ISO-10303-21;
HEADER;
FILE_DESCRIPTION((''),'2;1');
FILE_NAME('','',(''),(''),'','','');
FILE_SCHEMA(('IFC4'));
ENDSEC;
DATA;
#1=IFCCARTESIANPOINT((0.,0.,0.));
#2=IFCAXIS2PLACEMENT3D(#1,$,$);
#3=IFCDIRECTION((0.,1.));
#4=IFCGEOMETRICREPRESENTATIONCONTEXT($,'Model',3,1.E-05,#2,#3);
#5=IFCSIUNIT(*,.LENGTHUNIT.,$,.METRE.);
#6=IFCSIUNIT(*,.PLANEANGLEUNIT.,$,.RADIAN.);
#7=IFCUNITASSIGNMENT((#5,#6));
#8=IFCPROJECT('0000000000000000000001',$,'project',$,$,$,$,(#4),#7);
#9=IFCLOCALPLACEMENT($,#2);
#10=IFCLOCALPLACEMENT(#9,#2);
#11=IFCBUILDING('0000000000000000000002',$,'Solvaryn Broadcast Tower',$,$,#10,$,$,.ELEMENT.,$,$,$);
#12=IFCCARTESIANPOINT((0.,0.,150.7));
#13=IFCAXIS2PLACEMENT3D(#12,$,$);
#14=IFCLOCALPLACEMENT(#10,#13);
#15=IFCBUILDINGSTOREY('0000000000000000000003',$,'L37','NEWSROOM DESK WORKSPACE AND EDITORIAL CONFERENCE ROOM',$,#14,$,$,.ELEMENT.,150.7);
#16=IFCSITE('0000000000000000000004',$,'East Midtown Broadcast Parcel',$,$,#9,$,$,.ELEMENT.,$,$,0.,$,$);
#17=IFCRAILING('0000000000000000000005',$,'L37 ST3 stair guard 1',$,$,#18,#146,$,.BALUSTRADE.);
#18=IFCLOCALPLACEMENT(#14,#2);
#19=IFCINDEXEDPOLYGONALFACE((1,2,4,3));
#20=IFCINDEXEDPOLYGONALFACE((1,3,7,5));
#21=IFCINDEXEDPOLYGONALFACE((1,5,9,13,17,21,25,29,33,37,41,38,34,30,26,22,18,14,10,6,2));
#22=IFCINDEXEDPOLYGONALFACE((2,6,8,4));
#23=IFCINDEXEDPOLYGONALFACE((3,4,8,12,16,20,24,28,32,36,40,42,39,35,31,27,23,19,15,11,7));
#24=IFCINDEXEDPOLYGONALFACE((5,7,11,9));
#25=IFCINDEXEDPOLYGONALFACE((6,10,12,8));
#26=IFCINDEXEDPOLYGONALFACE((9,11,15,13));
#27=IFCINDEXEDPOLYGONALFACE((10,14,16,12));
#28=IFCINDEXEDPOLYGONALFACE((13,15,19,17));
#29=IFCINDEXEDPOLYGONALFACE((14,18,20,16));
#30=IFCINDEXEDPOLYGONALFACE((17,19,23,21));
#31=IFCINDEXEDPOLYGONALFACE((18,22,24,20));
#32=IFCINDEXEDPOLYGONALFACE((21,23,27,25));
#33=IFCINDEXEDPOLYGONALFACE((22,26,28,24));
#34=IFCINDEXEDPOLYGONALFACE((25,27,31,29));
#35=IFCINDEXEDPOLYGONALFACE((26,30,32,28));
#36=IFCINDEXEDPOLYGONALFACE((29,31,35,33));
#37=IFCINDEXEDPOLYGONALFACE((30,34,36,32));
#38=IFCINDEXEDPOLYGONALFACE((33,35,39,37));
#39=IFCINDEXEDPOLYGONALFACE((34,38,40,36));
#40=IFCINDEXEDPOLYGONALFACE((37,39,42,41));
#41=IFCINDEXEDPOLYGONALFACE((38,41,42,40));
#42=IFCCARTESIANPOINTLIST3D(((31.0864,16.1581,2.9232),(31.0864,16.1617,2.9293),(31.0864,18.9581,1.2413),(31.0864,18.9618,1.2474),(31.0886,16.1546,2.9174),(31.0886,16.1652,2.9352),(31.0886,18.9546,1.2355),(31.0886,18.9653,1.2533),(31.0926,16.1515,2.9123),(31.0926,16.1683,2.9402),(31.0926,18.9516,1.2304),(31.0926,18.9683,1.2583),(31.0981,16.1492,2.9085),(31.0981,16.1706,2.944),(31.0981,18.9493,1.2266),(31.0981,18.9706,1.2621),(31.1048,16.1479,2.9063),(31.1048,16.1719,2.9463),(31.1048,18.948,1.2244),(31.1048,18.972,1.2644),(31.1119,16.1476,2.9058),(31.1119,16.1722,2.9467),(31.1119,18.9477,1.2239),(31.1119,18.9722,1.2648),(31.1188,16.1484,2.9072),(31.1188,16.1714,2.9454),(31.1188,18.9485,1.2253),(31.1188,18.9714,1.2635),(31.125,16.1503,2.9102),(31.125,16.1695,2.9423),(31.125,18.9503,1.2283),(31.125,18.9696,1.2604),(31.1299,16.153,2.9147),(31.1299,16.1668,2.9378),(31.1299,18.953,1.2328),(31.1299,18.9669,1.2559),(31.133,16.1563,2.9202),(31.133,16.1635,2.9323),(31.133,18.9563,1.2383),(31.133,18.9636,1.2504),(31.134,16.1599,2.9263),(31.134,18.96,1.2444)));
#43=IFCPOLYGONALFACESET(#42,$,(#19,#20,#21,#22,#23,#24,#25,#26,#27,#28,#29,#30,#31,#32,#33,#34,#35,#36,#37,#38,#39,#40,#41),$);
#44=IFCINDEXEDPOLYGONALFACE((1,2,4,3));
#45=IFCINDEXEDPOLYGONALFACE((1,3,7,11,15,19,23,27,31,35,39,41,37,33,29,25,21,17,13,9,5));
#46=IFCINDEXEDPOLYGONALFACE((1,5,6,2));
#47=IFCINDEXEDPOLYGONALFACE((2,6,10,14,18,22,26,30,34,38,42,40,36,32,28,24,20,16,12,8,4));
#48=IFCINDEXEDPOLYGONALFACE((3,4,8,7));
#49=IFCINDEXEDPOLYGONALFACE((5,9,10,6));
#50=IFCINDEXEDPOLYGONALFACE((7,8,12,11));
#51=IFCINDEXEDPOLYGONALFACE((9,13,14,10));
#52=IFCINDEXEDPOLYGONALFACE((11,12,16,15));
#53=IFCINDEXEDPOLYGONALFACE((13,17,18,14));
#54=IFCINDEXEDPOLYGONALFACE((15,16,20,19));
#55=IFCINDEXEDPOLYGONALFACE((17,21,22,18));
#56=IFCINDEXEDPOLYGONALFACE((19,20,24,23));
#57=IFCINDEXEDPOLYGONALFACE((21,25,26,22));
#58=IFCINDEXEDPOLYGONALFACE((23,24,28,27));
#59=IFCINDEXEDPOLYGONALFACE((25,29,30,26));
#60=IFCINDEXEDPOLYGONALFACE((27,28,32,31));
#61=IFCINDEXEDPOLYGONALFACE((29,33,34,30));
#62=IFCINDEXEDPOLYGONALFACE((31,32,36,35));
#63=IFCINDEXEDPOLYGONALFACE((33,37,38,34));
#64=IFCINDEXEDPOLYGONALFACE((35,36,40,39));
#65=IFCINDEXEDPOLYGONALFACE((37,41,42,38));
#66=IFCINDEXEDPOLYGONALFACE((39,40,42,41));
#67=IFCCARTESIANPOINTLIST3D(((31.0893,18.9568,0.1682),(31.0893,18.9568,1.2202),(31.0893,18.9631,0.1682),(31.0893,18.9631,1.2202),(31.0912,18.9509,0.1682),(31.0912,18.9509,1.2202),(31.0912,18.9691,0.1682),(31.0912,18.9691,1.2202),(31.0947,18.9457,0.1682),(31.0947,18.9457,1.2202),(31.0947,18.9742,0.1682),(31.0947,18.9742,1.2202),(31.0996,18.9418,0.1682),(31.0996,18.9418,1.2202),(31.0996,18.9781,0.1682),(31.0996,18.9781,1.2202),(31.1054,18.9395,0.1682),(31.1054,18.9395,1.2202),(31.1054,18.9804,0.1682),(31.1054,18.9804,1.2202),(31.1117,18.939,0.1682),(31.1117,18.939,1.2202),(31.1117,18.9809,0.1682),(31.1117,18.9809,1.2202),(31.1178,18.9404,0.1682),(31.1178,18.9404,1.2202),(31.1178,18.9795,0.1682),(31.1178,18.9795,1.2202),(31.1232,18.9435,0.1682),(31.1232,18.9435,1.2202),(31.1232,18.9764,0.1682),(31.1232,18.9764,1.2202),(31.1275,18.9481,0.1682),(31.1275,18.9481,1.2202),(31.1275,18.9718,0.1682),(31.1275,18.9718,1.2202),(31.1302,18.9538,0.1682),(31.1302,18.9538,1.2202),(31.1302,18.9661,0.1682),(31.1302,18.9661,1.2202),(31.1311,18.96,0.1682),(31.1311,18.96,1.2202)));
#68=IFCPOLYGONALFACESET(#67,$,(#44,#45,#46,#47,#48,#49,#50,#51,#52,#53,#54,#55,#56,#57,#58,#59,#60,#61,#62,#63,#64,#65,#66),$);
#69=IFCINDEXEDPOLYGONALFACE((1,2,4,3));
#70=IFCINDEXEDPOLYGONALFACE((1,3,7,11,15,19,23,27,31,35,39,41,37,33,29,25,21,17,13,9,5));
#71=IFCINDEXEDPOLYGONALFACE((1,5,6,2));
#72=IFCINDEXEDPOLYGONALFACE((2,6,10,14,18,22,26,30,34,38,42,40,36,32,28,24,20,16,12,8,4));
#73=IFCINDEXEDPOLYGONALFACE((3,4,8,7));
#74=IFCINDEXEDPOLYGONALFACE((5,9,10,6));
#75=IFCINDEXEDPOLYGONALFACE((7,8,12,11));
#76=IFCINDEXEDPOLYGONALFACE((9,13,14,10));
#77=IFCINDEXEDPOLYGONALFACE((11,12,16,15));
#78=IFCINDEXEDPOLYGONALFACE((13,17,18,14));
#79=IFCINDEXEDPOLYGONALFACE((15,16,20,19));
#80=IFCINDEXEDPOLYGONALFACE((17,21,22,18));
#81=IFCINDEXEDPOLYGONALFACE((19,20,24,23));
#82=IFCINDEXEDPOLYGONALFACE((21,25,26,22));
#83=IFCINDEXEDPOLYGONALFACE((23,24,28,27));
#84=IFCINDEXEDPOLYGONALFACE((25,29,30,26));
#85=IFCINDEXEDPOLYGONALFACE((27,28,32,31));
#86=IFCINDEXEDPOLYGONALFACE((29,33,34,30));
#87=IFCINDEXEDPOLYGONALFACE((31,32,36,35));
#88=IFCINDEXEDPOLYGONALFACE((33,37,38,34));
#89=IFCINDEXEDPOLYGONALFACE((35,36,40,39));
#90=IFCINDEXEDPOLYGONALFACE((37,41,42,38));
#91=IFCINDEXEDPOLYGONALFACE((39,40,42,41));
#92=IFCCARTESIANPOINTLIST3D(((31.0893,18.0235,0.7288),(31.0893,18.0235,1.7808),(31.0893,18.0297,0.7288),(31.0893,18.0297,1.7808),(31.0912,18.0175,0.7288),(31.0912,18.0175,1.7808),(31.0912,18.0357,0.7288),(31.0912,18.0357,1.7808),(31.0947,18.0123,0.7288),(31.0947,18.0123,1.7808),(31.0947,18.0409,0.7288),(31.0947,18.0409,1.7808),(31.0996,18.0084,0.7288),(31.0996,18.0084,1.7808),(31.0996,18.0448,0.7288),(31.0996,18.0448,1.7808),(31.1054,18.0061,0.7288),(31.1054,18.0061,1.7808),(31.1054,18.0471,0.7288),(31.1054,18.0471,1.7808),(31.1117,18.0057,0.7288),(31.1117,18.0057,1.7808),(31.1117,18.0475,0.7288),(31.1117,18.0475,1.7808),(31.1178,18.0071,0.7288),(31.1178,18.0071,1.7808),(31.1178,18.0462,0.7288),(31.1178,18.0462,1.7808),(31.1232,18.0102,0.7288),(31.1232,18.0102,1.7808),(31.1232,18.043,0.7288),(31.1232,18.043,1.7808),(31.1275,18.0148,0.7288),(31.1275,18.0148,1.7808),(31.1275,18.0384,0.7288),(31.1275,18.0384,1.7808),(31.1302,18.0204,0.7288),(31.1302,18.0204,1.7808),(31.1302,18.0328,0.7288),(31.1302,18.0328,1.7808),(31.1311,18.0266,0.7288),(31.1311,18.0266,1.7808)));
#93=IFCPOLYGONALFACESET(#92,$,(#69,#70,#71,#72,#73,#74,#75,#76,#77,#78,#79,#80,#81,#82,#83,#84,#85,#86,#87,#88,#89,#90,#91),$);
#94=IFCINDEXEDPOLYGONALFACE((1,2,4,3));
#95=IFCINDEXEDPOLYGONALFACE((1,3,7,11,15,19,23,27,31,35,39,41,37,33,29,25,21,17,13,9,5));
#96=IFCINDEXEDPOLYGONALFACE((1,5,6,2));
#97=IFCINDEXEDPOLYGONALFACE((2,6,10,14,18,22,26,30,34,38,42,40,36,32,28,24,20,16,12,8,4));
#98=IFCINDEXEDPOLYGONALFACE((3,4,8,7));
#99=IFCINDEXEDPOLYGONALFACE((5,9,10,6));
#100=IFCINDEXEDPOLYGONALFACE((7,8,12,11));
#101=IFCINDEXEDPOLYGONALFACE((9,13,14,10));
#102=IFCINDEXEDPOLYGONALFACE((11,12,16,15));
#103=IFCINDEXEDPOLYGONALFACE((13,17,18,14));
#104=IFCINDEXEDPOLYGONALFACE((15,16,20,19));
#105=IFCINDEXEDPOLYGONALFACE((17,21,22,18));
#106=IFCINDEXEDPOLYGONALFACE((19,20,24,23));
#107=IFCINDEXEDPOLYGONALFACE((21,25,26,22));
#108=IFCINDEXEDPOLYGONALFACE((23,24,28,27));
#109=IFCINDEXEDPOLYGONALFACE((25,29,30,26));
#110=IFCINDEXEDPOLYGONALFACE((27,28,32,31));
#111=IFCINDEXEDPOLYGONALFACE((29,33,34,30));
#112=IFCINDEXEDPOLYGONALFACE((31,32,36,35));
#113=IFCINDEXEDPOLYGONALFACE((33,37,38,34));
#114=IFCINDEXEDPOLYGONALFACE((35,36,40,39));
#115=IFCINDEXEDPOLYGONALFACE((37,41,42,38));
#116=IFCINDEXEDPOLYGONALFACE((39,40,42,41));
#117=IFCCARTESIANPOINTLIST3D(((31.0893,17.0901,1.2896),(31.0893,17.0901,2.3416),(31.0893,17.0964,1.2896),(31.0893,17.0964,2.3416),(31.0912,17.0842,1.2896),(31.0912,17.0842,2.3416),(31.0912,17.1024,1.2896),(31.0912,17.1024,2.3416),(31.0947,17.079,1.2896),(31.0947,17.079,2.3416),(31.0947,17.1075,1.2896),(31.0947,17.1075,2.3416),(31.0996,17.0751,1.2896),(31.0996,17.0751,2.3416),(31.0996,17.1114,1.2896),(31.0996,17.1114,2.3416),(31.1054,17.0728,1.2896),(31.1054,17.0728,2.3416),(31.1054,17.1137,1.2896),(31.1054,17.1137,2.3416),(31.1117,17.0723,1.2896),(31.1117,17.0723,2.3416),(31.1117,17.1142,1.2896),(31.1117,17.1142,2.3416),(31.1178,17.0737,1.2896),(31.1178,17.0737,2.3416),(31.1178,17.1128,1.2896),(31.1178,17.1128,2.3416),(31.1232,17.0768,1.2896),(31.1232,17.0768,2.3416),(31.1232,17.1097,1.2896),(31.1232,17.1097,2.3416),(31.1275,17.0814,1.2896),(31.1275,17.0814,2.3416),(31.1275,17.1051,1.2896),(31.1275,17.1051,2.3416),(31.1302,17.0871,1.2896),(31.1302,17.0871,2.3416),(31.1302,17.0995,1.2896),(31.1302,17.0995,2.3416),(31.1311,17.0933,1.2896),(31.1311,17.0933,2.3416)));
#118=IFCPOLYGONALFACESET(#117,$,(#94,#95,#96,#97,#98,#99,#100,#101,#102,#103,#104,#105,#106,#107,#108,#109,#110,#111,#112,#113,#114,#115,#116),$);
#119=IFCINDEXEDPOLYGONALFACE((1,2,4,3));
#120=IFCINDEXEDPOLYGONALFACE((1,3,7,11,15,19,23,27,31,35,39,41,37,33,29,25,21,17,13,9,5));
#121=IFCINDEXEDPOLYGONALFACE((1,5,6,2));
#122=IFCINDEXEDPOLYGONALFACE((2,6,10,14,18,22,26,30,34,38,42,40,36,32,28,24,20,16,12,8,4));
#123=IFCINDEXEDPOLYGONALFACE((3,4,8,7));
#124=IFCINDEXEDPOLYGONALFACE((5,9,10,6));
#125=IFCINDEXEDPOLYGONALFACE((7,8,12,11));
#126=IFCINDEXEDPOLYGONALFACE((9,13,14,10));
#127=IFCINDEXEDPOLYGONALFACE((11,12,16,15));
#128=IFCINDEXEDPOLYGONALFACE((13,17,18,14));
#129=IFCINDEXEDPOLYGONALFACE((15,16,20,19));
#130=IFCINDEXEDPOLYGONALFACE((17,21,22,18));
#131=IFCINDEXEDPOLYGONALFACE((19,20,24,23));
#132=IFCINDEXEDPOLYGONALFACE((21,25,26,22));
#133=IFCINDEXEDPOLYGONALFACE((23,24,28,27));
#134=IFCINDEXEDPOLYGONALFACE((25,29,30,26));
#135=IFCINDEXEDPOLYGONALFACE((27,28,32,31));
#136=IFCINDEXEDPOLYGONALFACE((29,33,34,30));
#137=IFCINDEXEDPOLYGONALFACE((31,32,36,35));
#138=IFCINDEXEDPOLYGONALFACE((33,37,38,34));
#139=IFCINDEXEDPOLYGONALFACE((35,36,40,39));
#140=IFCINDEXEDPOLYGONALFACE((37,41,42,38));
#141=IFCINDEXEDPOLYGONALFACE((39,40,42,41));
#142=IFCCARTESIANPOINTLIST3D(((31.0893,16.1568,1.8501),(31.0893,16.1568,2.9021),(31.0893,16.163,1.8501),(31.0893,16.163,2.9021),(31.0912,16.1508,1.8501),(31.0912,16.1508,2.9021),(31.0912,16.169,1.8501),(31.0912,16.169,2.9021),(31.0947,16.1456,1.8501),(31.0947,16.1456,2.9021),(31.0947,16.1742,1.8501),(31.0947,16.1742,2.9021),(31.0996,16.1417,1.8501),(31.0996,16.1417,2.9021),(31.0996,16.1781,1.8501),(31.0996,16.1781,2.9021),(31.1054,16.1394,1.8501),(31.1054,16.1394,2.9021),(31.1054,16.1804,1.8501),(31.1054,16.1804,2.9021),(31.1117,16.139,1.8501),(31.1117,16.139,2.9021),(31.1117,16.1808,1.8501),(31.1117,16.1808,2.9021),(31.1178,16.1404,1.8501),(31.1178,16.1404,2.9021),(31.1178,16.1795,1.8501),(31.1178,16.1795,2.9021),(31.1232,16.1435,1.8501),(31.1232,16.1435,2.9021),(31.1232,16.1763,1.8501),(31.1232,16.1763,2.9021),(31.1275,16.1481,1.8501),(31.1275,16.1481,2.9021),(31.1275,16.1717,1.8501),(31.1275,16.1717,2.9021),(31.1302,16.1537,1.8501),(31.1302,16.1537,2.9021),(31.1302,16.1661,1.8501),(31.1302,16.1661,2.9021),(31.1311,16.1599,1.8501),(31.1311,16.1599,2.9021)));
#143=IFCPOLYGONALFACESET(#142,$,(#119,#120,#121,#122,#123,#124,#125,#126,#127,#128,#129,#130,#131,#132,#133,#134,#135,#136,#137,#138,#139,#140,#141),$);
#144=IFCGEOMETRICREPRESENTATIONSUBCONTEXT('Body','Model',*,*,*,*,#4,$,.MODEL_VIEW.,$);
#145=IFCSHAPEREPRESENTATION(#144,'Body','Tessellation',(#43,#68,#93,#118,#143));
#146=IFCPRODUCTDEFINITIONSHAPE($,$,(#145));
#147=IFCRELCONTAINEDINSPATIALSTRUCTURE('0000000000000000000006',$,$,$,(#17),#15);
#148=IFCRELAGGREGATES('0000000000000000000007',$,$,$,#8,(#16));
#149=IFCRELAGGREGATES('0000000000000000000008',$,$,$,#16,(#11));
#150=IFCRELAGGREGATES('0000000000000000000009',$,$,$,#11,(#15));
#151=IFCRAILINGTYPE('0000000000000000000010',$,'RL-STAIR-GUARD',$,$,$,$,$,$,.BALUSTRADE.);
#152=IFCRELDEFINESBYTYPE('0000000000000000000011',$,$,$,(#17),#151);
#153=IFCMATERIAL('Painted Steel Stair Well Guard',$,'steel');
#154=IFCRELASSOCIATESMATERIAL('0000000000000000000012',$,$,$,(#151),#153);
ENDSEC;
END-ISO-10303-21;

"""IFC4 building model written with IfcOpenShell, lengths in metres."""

from ifc_helpers import new_model, si_unit, direction, frame, origin, origin_2d, place, context, subcontext, project, spatial, circle, extrude, material, type_object, element, save


model = new_model("IFC4")

# Units and contexts
model_context = context("Model", 3, precision=1e-05, world=origin(), true_north=direction((0.0, 1.0)))
body_context = subcontext(model_context, "Body", "Model", "MODEL_VIEW")
ifc_project = project(units=[si_unit("LENGTHUNIT", "METRE"), si_unit("PLANEANGLEUNIT", "RADIAN")], contexts=[model_context])

# Site, building, storey
site_placement = place(None, origin())
site = spatial("IfcSite", under=ifc_project, at=site_placement, Name="East Midtown Broadcast Parcel", CompositionType="ELEMENT", RefElevation=0.0)
building_placement = place(site_placement, origin())
building = spatial("IfcBuilding", under=site, at=building_placement, Name="Solvaryn Broadcast Tower", CompositionType="ELEMENT")
storey_placement = place(building_placement, frame((0.0, 0.0, 150.7)))
storey = spatial("IfcBuildingStorey", under=building, at=storey_placement, Name="L37", Description="NEWSROOM DESK WORKSPACE AND EDITORIAL CONFERENCE ROOM", CompositionType="ELEMENT", Elevation=150.7)

# Railing
ifc_material_1 = material(Name="Painted Steel Stair Well Guard", Category="steel")
railing_type_1 = type_object("IfcRailingType", Name="RL-STAIR-GUARD", PredefinedType="BALUSTRADE", material=ifc_material_1)
railing_1_placement = place(storey_placement, frame((31.1101, 18.96, 0.1682)))
element("IfcRailing", 1, at=railing_1_placement, inside=storey, type_object=railing_type_1, Name="L37 ST3 stair guard 1", PredefinedType="BALUSTRADE", context=body_context, shape_type="SweptSolid", body=[
    extrude(circle(Radius=0.0239, at=origin_2d()), frame((0.0, 0.0, 1.0762), z_axis=(0.0, -0.857242, 0.514913), x_axis=(1.0, 0.0, 0.0)), (0.0, 0.0, 1.0), 3.2664),
    extrude(circle(Radius=0.021, at=origin_2d()), origin(), (0.0, 0.0, 1.0), 1.052),
    extrude(circle(Radius=0.021, at=origin_2d()), frame((0.0, -0.9333, 0.5605)), (0.0, 0.0, 1.0), 1.052),
    extrude(circle(Radius=0.021, at=origin_2d()), frame((0.0, -1.8667, 1.1213)), (0.0, 0.0, 1.0), 1.052),
    extrude(circle(Radius=0.021, at=origin_2d()), frame((0.0, -2.8, 1.6819)), (0.0, 0.0, 1.0), 1.052),
])

save(model, "model.ifc")
